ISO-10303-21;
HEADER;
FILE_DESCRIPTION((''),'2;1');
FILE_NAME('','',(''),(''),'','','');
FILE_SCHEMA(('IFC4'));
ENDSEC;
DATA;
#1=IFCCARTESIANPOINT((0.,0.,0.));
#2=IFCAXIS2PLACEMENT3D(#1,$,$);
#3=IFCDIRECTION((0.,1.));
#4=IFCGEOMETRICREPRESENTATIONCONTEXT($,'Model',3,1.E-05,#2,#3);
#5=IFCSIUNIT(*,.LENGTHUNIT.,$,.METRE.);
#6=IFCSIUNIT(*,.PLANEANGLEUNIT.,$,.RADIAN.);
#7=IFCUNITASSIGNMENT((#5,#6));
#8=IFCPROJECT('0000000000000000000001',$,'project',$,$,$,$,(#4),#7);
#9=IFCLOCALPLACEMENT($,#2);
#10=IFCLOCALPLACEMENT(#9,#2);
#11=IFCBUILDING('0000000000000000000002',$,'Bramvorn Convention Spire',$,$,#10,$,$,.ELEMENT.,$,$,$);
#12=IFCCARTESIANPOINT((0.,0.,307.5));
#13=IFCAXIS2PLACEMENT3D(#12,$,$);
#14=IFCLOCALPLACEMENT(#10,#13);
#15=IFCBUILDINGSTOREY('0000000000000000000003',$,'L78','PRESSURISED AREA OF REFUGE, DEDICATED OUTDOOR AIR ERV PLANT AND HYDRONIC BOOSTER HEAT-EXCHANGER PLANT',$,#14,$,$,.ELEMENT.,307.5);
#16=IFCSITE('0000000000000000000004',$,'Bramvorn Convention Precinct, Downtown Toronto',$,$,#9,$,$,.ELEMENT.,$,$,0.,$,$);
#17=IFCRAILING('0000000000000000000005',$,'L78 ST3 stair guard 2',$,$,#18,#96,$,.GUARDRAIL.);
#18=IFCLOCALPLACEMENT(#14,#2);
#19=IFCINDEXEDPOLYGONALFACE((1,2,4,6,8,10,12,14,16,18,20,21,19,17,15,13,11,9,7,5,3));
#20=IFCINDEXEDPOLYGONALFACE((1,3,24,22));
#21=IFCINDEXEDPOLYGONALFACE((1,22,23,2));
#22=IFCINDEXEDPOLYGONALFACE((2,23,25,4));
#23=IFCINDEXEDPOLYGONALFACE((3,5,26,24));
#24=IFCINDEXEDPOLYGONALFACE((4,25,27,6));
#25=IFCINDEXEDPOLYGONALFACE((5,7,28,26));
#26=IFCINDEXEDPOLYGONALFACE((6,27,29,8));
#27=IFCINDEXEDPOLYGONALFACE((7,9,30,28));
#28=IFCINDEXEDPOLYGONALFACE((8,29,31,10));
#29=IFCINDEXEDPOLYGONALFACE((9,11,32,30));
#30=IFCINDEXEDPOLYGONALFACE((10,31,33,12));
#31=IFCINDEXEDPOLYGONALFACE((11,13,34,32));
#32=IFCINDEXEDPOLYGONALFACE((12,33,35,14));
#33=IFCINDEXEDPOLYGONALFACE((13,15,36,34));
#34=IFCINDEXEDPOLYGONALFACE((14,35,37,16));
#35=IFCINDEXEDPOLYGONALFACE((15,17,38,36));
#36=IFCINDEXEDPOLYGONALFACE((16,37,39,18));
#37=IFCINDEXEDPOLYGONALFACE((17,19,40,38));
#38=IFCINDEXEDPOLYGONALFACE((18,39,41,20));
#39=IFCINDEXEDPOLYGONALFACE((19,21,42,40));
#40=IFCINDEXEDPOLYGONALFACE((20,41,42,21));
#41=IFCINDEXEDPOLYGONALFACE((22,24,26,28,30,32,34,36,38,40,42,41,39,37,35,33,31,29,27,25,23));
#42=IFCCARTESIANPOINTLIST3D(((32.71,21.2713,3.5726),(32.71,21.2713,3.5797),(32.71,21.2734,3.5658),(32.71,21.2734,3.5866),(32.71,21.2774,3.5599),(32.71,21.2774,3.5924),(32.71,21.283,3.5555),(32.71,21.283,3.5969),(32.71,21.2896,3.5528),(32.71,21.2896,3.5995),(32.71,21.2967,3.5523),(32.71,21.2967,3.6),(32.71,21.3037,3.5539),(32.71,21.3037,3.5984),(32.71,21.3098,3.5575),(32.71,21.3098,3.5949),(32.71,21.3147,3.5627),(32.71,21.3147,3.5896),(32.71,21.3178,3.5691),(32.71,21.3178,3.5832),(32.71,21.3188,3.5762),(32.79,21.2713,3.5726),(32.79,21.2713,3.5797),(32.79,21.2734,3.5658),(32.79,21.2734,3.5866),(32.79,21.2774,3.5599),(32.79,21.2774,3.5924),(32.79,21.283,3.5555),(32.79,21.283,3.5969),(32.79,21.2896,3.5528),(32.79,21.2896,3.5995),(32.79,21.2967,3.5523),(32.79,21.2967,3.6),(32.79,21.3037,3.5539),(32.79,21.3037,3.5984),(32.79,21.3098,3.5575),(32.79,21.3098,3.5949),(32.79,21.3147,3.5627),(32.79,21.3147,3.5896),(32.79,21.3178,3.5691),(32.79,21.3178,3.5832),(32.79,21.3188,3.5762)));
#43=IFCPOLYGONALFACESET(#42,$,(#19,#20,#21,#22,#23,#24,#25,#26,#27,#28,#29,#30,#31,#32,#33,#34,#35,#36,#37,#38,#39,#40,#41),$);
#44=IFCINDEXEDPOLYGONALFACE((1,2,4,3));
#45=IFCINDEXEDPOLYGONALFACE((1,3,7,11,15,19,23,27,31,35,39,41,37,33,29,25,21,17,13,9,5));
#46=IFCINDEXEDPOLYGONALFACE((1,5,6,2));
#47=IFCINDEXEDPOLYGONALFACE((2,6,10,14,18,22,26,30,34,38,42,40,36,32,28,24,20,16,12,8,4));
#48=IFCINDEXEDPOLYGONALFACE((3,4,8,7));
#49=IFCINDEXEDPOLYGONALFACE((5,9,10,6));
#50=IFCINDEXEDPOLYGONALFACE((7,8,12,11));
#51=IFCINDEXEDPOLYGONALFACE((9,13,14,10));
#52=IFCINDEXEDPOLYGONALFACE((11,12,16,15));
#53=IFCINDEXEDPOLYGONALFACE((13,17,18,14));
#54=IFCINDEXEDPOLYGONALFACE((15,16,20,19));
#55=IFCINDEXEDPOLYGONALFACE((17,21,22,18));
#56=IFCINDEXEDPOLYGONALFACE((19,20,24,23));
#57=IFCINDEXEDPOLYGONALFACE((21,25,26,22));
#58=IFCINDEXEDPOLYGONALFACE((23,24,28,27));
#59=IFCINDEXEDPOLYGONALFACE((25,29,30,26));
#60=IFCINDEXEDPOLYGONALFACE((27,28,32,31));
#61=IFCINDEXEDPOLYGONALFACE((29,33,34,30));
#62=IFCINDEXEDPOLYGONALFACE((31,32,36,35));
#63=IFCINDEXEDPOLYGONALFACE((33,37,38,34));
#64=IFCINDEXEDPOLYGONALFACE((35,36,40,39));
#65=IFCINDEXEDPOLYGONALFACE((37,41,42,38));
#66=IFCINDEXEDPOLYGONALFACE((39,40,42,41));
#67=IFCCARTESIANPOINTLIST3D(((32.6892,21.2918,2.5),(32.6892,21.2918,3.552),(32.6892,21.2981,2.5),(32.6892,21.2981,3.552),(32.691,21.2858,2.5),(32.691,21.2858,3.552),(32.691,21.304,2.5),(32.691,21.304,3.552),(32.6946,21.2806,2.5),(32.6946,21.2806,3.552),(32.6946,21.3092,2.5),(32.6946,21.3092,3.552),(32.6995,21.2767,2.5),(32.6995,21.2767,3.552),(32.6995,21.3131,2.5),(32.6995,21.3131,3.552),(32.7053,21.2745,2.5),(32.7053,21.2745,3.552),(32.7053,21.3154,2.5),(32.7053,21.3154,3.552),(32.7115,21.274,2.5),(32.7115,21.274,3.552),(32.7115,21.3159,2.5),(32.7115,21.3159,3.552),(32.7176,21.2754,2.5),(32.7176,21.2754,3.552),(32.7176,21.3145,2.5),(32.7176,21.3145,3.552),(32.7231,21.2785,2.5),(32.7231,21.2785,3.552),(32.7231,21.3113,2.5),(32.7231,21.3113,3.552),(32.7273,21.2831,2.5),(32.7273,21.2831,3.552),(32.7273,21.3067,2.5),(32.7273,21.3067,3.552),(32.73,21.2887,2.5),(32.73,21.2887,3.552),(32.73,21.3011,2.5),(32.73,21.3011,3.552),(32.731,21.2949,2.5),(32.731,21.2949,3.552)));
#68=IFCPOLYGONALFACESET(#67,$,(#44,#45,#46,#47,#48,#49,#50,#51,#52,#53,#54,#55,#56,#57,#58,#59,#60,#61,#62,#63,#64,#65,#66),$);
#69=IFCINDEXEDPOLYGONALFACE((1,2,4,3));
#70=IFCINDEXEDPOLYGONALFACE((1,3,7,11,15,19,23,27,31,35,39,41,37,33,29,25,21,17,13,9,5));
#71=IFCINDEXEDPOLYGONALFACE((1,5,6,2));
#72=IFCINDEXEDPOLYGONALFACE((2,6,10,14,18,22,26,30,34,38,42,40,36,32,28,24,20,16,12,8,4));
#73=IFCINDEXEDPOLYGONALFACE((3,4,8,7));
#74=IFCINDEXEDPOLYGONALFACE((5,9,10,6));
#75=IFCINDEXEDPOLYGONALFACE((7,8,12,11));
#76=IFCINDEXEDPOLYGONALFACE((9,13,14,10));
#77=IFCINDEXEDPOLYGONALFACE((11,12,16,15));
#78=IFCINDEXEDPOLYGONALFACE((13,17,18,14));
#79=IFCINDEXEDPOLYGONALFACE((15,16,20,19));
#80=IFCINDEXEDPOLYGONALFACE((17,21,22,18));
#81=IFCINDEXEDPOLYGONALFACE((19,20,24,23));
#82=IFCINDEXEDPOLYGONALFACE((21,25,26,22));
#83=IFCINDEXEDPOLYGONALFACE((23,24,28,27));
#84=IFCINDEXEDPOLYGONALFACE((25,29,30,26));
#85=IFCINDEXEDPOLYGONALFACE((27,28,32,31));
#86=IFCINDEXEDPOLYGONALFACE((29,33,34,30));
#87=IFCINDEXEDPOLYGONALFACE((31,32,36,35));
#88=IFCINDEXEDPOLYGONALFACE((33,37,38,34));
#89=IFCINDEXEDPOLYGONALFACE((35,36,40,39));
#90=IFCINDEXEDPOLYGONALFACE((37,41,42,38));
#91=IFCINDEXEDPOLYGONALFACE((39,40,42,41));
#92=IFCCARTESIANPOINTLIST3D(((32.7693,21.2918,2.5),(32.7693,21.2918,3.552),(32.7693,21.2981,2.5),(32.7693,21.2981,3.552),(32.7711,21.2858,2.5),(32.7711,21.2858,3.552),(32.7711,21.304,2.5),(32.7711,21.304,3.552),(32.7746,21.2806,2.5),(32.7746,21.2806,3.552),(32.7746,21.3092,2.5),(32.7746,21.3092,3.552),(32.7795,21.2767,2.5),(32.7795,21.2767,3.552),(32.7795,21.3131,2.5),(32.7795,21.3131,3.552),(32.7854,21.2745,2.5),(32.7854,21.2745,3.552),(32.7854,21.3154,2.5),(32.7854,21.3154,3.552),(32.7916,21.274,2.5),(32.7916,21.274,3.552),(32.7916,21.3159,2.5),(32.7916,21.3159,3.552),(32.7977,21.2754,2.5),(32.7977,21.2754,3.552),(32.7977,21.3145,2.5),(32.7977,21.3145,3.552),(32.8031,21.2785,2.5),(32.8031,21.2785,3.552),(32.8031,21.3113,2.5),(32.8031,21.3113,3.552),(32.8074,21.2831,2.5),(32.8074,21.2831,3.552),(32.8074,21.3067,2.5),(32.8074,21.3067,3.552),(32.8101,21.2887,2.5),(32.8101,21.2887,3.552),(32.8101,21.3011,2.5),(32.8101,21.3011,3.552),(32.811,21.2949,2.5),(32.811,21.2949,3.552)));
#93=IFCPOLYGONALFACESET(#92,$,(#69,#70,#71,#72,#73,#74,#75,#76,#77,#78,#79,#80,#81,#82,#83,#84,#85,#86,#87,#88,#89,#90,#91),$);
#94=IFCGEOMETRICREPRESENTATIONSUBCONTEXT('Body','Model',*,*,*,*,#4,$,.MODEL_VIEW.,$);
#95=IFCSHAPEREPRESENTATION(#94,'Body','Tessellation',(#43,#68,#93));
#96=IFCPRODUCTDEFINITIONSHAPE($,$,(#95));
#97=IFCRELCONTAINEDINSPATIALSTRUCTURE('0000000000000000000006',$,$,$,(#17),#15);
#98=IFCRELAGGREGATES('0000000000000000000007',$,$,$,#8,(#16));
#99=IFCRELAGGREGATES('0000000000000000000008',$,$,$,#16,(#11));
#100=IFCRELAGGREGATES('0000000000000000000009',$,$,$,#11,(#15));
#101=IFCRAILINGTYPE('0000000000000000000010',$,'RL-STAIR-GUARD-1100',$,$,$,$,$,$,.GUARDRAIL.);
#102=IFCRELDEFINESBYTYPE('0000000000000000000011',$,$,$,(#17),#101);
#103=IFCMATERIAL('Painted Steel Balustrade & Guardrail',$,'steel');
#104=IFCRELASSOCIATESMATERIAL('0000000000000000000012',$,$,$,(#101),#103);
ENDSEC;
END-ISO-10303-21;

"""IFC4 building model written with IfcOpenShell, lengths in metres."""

from ifc_helpers import new_model, si_unit, direction, frame, origin, origin_2d, place, context, subcontext, project, spatial, circle, extrude, material, type_object, element, save


model = new_model("IFC4")

# Units and contexts
model_context = context("Model", 3, precision=1e-05, world=origin(), true_north=direction((0.0, 1.0)))
body_context = subcontext(model_context, "Body", "Model", "MODEL_VIEW")
ifc_project = project(units=[si_unit("LENGTHUNIT", "METRE"), si_unit("PLANEANGLEUNIT", "RADIAN")], contexts=[model_context])

# Site, building, storey
site_placement = place(None, origin())
site = spatial("IfcSite", under=ifc_project, at=site_placement, Name="Bramvorn Convention Precinct, Downtown Toronto", CompositionType="ELEMENT", RefElevation=0.0)
building_placement = place(site_placement, origin())
building = spatial("IfcBuilding", under=site, at=building_placement, Name="Bramvorn Convention Spire", CompositionType="ELEMENT")
storey_placement = place(building_placement, frame((0.0, 0.0, 307.5)))
storey = spatial("IfcBuildingStorey", under=building, at=storey_placement, Name="L78", Description="PRESSURISED AREA OF REFUGE, DEDICATED OUTDOOR AIR ERV PLANT AND HYDRONIC BOOSTER HEAT-EXCHANGER PLANT", CompositionType="ELEMENT", Elevation=307.5)

# Railing
ifc_material_1 = material(Name="Painted Steel Balustrade & Guardrail", Category="steel")
railing_type_1 = type_object("IfcRailingType", Name="RL-STAIR-GUARD-1100", PredefinedType="GUARDRAIL", material=ifc_material_1)
railing_1_placement = place(storey_placement, frame((32.71, 21.2949, 2.5)))
element("IfcRailing", 1, at=railing_1_placement, inside=storey, type_object=railing_type_1, Name="L78 ST3 stair guard 2", PredefinedType="GUARDRAIL", context=body_context, shape_type="SweptSolid", body=[
    extrude(circle(Radius=0.0239, at=origin_2d()), frame((0.0, 0.0, 1.0762), z_axis=(1.0, 0.0, 0.0), x_axis=(0.0, 1.0, 0.0)), (0.0, 0.0, 1.0), 0.0801),
    extrude(circle(Radius=0.021, at=origin_2d()), origin(), (0.0, 0.0, 1.0), 1.052),
    extrude(circle(Radius=0.021, at=origin_2d()), frame((0.0801, 0.0, 0.0)), (0.0, 0.0, 1.0), 1.052),
])

save(model, "model.ifc")
